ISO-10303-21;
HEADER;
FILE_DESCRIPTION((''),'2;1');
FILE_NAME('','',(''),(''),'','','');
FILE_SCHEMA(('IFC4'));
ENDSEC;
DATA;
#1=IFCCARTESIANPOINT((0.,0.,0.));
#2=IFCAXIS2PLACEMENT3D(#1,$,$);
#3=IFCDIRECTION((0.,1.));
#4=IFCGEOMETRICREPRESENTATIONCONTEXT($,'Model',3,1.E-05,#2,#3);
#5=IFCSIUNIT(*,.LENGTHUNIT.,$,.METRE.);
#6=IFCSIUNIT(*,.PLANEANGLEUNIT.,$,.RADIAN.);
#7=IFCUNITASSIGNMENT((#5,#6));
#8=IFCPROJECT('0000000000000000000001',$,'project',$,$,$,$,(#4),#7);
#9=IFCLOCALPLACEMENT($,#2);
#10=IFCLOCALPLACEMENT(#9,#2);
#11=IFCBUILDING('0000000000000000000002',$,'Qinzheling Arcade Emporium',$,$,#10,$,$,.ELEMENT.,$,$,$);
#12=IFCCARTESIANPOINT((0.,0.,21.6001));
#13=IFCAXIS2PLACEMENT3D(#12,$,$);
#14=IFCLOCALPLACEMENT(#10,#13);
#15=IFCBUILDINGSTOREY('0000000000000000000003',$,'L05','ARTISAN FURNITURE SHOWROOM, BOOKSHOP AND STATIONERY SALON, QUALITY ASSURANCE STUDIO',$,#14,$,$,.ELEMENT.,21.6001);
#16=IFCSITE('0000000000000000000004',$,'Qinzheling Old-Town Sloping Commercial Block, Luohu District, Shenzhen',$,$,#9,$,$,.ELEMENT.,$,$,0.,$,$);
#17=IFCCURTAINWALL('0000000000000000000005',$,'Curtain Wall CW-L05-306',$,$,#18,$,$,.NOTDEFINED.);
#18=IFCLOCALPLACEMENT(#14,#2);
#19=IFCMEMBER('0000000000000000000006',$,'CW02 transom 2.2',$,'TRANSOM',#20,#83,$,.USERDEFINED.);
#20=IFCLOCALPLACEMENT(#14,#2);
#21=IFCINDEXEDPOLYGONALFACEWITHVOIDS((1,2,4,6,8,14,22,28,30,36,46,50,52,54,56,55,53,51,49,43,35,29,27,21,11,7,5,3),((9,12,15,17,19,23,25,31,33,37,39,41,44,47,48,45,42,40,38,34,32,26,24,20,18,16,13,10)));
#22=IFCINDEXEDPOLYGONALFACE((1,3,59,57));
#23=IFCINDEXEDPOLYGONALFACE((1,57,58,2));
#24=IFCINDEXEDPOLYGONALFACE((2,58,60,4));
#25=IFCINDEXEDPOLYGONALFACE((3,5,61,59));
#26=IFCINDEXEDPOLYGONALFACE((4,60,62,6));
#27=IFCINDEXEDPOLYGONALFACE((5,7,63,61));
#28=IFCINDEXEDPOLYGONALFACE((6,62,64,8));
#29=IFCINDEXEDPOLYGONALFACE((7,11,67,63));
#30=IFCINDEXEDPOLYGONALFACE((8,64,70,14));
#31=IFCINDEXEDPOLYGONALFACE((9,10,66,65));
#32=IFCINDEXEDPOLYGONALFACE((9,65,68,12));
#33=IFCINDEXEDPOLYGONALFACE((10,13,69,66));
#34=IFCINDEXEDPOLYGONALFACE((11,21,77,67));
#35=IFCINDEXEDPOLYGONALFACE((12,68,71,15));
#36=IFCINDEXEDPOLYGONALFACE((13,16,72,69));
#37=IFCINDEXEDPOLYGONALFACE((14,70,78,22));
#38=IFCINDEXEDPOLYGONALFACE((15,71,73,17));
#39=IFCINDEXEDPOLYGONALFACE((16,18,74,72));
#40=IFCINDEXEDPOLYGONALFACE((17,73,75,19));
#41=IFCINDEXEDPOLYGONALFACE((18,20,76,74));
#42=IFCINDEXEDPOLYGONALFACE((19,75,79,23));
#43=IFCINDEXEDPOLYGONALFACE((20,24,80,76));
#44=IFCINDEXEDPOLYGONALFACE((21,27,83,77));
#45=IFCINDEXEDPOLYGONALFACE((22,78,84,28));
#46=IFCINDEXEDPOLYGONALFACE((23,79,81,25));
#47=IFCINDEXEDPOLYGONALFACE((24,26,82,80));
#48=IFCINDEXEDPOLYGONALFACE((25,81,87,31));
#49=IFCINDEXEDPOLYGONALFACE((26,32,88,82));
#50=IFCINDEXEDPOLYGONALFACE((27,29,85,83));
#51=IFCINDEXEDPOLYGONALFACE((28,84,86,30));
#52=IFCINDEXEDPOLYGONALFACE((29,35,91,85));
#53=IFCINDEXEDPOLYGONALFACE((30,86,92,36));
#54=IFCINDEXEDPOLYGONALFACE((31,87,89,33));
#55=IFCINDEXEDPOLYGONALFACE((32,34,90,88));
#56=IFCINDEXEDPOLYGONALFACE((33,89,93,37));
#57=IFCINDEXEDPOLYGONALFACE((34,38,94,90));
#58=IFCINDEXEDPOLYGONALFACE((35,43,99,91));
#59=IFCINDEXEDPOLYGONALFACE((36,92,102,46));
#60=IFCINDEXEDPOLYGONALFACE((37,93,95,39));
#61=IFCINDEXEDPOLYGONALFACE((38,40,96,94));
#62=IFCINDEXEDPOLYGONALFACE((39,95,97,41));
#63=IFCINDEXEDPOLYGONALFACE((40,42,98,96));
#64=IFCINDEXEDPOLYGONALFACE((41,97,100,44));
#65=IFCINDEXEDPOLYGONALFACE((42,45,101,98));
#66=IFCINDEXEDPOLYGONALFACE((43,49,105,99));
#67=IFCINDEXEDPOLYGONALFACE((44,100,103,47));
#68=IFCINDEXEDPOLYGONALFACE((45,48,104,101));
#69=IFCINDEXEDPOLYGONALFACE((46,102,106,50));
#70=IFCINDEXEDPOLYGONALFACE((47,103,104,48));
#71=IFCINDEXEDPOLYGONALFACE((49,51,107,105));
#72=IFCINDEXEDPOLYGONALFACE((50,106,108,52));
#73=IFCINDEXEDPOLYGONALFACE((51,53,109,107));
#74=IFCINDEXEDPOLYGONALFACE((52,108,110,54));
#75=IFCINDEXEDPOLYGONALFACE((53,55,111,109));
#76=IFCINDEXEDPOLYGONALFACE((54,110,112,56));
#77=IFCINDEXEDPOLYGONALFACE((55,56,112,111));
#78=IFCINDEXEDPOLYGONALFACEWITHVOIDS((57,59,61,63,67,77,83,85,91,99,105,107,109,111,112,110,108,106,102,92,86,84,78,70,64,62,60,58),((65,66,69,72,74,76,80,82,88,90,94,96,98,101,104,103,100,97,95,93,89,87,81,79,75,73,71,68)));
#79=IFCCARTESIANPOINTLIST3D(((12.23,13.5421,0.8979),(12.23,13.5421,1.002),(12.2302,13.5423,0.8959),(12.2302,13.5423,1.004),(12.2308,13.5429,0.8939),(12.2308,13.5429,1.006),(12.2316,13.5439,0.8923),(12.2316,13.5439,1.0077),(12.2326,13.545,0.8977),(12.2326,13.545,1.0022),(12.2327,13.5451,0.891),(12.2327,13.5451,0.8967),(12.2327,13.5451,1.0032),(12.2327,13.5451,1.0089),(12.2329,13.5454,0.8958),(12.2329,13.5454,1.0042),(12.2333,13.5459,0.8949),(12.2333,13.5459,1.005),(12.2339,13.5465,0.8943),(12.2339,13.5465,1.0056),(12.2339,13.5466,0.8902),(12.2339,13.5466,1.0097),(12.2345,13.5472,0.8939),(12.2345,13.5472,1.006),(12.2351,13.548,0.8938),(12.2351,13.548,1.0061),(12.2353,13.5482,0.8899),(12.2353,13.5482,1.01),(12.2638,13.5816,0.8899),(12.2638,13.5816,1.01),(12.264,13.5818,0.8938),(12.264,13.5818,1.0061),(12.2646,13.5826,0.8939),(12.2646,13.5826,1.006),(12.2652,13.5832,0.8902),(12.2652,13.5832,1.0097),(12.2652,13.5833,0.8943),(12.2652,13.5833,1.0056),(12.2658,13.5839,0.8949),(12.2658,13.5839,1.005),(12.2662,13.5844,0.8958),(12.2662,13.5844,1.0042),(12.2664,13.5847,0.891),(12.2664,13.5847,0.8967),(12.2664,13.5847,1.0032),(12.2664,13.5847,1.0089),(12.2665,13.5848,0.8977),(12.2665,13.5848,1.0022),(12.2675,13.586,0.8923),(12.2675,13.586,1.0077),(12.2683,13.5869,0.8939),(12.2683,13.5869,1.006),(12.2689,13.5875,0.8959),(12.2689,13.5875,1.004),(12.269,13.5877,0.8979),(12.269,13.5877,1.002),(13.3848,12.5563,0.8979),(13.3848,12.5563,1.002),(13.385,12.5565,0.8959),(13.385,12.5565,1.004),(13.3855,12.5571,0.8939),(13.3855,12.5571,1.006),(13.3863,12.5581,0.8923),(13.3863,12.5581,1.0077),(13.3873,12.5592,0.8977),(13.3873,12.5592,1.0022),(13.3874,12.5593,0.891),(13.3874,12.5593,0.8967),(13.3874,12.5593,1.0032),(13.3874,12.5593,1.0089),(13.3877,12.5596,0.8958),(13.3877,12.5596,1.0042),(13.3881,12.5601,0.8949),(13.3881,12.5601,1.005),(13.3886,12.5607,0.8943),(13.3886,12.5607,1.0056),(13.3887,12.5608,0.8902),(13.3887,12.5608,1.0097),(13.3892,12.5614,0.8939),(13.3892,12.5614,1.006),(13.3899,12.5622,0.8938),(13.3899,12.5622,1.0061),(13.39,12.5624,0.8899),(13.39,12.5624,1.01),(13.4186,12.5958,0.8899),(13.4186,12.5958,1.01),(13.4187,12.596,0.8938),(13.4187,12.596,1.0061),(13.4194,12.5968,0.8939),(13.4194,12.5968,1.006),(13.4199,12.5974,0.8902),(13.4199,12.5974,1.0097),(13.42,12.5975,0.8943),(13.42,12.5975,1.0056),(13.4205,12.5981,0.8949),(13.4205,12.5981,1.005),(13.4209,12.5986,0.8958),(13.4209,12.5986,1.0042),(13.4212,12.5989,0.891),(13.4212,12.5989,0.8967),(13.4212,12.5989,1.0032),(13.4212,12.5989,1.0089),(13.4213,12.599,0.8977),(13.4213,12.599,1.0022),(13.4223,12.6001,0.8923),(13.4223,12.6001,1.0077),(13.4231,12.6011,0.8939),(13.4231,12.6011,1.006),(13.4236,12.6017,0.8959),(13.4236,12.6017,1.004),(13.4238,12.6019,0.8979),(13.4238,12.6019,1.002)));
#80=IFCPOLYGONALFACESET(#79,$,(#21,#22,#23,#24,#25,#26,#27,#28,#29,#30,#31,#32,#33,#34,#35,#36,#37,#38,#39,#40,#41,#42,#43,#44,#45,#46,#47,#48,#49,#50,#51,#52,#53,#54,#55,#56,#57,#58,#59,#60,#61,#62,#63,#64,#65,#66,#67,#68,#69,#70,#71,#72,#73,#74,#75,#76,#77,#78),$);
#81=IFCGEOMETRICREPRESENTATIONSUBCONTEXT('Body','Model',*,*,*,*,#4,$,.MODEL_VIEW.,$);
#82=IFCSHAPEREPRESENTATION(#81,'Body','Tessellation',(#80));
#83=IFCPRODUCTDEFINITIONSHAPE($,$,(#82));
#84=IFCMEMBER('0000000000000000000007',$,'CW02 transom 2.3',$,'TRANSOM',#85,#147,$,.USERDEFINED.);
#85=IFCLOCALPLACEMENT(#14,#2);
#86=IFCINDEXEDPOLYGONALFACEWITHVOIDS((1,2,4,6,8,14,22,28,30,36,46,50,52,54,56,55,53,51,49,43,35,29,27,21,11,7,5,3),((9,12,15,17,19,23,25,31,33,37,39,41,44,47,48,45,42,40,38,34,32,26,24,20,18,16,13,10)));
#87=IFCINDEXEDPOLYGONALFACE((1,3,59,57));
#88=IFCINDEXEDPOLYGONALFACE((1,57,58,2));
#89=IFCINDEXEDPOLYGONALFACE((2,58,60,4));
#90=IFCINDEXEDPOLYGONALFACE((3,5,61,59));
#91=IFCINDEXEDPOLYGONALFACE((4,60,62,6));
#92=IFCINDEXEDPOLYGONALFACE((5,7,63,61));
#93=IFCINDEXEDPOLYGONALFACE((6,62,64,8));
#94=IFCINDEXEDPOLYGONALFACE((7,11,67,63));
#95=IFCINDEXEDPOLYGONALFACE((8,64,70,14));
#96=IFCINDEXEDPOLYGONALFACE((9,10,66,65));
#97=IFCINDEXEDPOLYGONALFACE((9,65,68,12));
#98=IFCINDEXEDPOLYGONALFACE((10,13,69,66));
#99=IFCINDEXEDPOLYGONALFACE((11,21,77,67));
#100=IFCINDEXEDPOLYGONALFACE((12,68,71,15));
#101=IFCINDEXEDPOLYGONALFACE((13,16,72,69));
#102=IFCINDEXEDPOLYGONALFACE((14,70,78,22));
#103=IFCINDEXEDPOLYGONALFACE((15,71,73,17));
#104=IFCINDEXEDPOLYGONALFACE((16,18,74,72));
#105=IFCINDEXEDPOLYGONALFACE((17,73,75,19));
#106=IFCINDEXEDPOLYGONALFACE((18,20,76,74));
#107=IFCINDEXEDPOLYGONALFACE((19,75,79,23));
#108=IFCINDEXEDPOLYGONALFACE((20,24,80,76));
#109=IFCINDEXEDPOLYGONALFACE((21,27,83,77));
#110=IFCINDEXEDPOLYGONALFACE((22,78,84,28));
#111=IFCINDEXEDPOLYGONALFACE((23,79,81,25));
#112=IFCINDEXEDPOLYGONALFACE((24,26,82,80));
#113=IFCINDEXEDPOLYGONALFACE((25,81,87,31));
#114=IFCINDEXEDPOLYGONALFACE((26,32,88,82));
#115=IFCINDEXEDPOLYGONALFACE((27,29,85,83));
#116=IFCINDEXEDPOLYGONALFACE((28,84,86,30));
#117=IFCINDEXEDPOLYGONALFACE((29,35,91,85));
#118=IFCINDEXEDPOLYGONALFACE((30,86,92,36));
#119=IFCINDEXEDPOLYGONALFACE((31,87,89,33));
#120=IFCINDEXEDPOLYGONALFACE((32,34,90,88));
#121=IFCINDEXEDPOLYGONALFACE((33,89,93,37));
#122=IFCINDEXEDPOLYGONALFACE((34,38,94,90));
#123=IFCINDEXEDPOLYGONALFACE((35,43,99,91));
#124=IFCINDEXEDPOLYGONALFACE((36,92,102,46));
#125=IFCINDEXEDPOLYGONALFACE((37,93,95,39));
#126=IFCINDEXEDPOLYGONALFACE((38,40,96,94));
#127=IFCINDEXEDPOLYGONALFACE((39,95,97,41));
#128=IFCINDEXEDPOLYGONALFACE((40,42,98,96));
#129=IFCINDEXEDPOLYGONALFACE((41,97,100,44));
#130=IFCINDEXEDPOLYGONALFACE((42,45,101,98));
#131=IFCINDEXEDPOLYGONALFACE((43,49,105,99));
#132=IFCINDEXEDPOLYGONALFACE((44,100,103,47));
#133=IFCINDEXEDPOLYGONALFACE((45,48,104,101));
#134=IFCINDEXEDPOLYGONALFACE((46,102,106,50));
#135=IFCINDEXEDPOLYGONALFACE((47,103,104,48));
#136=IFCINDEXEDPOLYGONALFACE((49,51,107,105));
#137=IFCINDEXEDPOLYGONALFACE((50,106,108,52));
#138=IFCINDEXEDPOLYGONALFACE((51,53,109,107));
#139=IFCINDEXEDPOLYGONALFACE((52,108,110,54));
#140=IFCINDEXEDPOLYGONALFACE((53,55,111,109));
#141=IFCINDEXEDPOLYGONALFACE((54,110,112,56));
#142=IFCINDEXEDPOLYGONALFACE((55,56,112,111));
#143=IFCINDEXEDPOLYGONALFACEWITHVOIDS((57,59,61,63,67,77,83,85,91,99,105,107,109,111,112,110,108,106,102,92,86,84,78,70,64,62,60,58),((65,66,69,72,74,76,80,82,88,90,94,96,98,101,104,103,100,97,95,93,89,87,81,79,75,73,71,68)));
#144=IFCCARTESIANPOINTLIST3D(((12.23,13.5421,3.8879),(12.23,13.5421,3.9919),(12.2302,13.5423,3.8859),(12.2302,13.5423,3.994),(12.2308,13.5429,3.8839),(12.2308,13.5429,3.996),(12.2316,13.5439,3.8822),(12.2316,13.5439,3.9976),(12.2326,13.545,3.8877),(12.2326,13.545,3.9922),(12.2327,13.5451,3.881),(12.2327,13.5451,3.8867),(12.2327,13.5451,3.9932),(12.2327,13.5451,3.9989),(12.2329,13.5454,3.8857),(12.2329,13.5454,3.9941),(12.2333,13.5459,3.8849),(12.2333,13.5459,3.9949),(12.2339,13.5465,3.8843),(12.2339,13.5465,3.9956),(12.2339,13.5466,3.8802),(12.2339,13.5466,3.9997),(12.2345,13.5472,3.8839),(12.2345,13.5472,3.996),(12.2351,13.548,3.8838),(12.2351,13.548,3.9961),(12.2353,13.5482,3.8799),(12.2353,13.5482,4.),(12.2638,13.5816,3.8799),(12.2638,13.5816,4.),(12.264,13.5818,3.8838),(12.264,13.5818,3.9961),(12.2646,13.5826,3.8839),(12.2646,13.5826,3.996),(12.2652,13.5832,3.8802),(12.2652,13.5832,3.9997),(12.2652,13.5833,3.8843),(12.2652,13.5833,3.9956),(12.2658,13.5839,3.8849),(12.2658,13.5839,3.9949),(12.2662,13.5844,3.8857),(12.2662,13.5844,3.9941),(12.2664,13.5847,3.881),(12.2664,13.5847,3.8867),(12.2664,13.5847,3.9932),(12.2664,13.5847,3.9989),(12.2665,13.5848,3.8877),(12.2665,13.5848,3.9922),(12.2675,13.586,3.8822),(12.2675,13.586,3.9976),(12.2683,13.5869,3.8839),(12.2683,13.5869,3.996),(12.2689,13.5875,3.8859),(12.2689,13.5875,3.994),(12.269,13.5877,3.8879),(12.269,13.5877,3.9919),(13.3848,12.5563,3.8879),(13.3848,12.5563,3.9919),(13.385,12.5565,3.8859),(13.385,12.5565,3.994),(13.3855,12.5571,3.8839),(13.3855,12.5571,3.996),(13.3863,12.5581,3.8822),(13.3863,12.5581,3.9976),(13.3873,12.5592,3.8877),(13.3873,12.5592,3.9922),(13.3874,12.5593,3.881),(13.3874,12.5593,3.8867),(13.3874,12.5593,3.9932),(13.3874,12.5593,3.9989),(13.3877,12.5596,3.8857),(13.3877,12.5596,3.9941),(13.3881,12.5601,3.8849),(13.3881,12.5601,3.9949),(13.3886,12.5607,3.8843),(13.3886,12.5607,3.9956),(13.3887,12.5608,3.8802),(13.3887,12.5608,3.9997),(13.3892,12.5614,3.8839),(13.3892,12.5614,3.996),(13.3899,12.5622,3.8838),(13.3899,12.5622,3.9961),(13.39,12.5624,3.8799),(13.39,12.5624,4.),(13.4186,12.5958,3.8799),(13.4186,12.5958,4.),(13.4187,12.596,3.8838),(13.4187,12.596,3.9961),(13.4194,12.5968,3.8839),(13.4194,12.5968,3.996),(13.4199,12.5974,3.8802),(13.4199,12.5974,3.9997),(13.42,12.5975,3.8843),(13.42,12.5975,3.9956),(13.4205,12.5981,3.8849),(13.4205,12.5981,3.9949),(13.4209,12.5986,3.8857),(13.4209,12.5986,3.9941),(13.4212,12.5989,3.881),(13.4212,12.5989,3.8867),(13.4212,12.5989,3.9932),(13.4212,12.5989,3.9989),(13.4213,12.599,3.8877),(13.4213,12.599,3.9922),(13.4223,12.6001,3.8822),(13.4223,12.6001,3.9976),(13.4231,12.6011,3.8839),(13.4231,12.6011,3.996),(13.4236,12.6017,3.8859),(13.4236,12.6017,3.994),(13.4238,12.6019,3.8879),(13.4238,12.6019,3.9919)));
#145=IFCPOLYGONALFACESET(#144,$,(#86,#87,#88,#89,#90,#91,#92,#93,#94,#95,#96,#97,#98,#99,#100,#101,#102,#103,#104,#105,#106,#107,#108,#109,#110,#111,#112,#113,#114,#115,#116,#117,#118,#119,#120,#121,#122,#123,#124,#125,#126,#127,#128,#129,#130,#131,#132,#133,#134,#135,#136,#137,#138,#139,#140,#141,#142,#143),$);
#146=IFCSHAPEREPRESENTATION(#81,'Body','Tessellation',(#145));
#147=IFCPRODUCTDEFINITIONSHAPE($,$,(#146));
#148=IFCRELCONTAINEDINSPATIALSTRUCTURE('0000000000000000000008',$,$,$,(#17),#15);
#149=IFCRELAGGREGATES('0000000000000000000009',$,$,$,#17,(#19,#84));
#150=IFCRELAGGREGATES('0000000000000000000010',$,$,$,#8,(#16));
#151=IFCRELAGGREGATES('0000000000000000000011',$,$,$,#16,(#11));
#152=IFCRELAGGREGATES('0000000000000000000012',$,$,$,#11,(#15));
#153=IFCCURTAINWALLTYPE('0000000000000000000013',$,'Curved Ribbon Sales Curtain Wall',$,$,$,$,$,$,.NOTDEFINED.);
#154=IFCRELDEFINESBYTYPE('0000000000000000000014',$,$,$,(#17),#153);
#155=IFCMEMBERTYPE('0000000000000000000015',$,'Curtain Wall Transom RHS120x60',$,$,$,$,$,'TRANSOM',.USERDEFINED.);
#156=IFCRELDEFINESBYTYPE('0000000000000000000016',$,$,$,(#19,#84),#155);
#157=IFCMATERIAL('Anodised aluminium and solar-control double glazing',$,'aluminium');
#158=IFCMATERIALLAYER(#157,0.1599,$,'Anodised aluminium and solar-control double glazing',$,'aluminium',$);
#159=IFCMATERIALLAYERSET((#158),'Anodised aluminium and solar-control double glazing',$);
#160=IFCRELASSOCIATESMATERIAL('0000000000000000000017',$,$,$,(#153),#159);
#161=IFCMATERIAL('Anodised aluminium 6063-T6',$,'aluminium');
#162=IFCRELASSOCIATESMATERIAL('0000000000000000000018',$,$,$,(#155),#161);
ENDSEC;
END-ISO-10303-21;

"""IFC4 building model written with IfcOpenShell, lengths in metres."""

from ifc_helpers import new_model, si_unit, direction, frame, origin, origin_2d, place, context, subcontext, project, spatial, hollow_rectangle, extrude, material, layer, layer_set, material_profile, profile_set, type_object, element, aggregate, save


model = new_model("IFC4")

# Units and contexts
model_context = context("Model", 3, precision=1e-05, world=origin(), true_north=direction((0.0, 1.0)))
body_context = subcontext(model_context, "Body", "Model", "MODEL_VIEW")
ifc_project = project(units=[si_unit("LENGTHUNIT", "METRE"), si_unit("PLANEANGLEUNIT", "RADIAN")], contexts=[model_context])

# Site, building, storey
site_placement = place(None, origin())
site = spatial("IfcSite", under=ifc_project, at=site_placement, Name="Qinzheling Old-Town Sloping Commercial Block, Luohu District, Shenzhen", CompositionType="ELEMENT", RefElevation=0.0)
building_placement = place(site_placement, origin())
building = spatial("IfcBuilding", under=site, at=building_placement, Name="Qinzheling Arcade Emporium", CompositionType="ELEMENT")
storey_placement = place(building_placement, frame((0.0, 0.0, 21.6001)))
storey = spatial("IfcBuildingStorey", under=building, at=storey_placement, Name="L05", Description="ARTISAN FURNITURE SHOWROOM, BOOKSHOP AND STATIONERY SALON, QUALITY ASSURANCE STUDIO", CompositionType="ELEMENT", Elevation=21.6001)

# Shared definitions
ifc_material_1 = material(Name="Anodised aluminium and solar-control double glazing", Category="aluminium")
ifc_layer_1 = layer(ifc_material_1, 0.1599, Name="Anodised aluminium and solar-control double glazing", Category="aluminium")
ifc_layer_set_1 = layer_set([ifc_layer_1], Name="Anodised aluminium and solar-control double glazing")
curtain_wall_type = type_object("IfcCurtainWallType", Name="Curved Ribbon Sales Curtain Wall", PredefinedType="NOTDEFINED", material=ifc_layer_set_1)
ifc_material_2 = material(Name="Anodised aluminium 6063-T6", Category="aluminium")

# Curtain wall
curtain_wall_1_placement = place(storey_placement, origin())
curtain_wall_1 = element("IfcCurtainWall", 1, at=curtain_wall_1_placement, inside=storey, type_object=curtain_wall_type, Name="Curtain Wall CW-L05-306", PredefinedType="NOTDEFINED")

# Members
ifc_material_profile_1 = material_profile(ifc_material_2, hollow_rectangle(XDim=0.0601, YDim=0.1201, WallThickness=0.0039, InnerFilletRadius=0.0039, OuterFilletRadius=0.0081, at=origin_2d()), Name="RHS 120x60x4", Category="aluminium")
ifc_profile_set_1 = profile_set([ifc_material_profile_1], Name="Anodised aluminium 6063-T6")
member_type_1 = type_object("IfcMemberType", Name="Curtain Wall Transom RHS120x60", ElementType="TRANSOM", PredefinedType="USERDEFINED", material=ifc_profile_set_1)
member_1_placement = place(storey_placement, frame((13.4043, 12.5791, 0.95), z_axis=(-0.760549, 0.649281, 0.0), x_axis=(-0.649281, -0.760549, 0.0)))
member_1 = element("IfcMember", 2, at=member_1_placement, type_object=member_type_1, Name="CW02 transom 2.2", ObjectType="TRANSOM", PredefinedType="USERDEFINED", context=body_context, shape_type="SweptSolid", body=[
    extrude(hollow_rectangle(XDim=0.0601, YDim=0.1201, WallThickness=0.0039, InnerFilletRadius=0.0039, OuterFilletRadius=0.0081, at=origin_2d()), origin(), (0.0, 0.0, 1.0), 1.5183),
])
member_2_placement = place(storey_placement, frame((13.4043, 12.5791, 3.9399), z_axis=(-0.760549, 0.649281, 0.0), x_axis=(-0.649281, -0.760549, 0.0)))
member_2 = element("IfcMember", 3, at=member_2_placement, type_object=member_type_1, Name="CW02 transom 2.3", ObjectType="TRANSOM", PredefinedType="USERDEFINED", context=body_context, shape_type="SweptSolid", body=[
    extrude(hollow_rectangle(XDim=0.0601, YDim=0.1201, WallThickness=0.0039, InnerFilletRadius=0.0039, OuterFilletRadius=0.0081, at=origin_2d()), origin(), (0.0, 0.0, 1.0), 1.5183),
])

aggregate(curtain_wall_1, [member_1, member_2])

save(model, "model.ifc")
